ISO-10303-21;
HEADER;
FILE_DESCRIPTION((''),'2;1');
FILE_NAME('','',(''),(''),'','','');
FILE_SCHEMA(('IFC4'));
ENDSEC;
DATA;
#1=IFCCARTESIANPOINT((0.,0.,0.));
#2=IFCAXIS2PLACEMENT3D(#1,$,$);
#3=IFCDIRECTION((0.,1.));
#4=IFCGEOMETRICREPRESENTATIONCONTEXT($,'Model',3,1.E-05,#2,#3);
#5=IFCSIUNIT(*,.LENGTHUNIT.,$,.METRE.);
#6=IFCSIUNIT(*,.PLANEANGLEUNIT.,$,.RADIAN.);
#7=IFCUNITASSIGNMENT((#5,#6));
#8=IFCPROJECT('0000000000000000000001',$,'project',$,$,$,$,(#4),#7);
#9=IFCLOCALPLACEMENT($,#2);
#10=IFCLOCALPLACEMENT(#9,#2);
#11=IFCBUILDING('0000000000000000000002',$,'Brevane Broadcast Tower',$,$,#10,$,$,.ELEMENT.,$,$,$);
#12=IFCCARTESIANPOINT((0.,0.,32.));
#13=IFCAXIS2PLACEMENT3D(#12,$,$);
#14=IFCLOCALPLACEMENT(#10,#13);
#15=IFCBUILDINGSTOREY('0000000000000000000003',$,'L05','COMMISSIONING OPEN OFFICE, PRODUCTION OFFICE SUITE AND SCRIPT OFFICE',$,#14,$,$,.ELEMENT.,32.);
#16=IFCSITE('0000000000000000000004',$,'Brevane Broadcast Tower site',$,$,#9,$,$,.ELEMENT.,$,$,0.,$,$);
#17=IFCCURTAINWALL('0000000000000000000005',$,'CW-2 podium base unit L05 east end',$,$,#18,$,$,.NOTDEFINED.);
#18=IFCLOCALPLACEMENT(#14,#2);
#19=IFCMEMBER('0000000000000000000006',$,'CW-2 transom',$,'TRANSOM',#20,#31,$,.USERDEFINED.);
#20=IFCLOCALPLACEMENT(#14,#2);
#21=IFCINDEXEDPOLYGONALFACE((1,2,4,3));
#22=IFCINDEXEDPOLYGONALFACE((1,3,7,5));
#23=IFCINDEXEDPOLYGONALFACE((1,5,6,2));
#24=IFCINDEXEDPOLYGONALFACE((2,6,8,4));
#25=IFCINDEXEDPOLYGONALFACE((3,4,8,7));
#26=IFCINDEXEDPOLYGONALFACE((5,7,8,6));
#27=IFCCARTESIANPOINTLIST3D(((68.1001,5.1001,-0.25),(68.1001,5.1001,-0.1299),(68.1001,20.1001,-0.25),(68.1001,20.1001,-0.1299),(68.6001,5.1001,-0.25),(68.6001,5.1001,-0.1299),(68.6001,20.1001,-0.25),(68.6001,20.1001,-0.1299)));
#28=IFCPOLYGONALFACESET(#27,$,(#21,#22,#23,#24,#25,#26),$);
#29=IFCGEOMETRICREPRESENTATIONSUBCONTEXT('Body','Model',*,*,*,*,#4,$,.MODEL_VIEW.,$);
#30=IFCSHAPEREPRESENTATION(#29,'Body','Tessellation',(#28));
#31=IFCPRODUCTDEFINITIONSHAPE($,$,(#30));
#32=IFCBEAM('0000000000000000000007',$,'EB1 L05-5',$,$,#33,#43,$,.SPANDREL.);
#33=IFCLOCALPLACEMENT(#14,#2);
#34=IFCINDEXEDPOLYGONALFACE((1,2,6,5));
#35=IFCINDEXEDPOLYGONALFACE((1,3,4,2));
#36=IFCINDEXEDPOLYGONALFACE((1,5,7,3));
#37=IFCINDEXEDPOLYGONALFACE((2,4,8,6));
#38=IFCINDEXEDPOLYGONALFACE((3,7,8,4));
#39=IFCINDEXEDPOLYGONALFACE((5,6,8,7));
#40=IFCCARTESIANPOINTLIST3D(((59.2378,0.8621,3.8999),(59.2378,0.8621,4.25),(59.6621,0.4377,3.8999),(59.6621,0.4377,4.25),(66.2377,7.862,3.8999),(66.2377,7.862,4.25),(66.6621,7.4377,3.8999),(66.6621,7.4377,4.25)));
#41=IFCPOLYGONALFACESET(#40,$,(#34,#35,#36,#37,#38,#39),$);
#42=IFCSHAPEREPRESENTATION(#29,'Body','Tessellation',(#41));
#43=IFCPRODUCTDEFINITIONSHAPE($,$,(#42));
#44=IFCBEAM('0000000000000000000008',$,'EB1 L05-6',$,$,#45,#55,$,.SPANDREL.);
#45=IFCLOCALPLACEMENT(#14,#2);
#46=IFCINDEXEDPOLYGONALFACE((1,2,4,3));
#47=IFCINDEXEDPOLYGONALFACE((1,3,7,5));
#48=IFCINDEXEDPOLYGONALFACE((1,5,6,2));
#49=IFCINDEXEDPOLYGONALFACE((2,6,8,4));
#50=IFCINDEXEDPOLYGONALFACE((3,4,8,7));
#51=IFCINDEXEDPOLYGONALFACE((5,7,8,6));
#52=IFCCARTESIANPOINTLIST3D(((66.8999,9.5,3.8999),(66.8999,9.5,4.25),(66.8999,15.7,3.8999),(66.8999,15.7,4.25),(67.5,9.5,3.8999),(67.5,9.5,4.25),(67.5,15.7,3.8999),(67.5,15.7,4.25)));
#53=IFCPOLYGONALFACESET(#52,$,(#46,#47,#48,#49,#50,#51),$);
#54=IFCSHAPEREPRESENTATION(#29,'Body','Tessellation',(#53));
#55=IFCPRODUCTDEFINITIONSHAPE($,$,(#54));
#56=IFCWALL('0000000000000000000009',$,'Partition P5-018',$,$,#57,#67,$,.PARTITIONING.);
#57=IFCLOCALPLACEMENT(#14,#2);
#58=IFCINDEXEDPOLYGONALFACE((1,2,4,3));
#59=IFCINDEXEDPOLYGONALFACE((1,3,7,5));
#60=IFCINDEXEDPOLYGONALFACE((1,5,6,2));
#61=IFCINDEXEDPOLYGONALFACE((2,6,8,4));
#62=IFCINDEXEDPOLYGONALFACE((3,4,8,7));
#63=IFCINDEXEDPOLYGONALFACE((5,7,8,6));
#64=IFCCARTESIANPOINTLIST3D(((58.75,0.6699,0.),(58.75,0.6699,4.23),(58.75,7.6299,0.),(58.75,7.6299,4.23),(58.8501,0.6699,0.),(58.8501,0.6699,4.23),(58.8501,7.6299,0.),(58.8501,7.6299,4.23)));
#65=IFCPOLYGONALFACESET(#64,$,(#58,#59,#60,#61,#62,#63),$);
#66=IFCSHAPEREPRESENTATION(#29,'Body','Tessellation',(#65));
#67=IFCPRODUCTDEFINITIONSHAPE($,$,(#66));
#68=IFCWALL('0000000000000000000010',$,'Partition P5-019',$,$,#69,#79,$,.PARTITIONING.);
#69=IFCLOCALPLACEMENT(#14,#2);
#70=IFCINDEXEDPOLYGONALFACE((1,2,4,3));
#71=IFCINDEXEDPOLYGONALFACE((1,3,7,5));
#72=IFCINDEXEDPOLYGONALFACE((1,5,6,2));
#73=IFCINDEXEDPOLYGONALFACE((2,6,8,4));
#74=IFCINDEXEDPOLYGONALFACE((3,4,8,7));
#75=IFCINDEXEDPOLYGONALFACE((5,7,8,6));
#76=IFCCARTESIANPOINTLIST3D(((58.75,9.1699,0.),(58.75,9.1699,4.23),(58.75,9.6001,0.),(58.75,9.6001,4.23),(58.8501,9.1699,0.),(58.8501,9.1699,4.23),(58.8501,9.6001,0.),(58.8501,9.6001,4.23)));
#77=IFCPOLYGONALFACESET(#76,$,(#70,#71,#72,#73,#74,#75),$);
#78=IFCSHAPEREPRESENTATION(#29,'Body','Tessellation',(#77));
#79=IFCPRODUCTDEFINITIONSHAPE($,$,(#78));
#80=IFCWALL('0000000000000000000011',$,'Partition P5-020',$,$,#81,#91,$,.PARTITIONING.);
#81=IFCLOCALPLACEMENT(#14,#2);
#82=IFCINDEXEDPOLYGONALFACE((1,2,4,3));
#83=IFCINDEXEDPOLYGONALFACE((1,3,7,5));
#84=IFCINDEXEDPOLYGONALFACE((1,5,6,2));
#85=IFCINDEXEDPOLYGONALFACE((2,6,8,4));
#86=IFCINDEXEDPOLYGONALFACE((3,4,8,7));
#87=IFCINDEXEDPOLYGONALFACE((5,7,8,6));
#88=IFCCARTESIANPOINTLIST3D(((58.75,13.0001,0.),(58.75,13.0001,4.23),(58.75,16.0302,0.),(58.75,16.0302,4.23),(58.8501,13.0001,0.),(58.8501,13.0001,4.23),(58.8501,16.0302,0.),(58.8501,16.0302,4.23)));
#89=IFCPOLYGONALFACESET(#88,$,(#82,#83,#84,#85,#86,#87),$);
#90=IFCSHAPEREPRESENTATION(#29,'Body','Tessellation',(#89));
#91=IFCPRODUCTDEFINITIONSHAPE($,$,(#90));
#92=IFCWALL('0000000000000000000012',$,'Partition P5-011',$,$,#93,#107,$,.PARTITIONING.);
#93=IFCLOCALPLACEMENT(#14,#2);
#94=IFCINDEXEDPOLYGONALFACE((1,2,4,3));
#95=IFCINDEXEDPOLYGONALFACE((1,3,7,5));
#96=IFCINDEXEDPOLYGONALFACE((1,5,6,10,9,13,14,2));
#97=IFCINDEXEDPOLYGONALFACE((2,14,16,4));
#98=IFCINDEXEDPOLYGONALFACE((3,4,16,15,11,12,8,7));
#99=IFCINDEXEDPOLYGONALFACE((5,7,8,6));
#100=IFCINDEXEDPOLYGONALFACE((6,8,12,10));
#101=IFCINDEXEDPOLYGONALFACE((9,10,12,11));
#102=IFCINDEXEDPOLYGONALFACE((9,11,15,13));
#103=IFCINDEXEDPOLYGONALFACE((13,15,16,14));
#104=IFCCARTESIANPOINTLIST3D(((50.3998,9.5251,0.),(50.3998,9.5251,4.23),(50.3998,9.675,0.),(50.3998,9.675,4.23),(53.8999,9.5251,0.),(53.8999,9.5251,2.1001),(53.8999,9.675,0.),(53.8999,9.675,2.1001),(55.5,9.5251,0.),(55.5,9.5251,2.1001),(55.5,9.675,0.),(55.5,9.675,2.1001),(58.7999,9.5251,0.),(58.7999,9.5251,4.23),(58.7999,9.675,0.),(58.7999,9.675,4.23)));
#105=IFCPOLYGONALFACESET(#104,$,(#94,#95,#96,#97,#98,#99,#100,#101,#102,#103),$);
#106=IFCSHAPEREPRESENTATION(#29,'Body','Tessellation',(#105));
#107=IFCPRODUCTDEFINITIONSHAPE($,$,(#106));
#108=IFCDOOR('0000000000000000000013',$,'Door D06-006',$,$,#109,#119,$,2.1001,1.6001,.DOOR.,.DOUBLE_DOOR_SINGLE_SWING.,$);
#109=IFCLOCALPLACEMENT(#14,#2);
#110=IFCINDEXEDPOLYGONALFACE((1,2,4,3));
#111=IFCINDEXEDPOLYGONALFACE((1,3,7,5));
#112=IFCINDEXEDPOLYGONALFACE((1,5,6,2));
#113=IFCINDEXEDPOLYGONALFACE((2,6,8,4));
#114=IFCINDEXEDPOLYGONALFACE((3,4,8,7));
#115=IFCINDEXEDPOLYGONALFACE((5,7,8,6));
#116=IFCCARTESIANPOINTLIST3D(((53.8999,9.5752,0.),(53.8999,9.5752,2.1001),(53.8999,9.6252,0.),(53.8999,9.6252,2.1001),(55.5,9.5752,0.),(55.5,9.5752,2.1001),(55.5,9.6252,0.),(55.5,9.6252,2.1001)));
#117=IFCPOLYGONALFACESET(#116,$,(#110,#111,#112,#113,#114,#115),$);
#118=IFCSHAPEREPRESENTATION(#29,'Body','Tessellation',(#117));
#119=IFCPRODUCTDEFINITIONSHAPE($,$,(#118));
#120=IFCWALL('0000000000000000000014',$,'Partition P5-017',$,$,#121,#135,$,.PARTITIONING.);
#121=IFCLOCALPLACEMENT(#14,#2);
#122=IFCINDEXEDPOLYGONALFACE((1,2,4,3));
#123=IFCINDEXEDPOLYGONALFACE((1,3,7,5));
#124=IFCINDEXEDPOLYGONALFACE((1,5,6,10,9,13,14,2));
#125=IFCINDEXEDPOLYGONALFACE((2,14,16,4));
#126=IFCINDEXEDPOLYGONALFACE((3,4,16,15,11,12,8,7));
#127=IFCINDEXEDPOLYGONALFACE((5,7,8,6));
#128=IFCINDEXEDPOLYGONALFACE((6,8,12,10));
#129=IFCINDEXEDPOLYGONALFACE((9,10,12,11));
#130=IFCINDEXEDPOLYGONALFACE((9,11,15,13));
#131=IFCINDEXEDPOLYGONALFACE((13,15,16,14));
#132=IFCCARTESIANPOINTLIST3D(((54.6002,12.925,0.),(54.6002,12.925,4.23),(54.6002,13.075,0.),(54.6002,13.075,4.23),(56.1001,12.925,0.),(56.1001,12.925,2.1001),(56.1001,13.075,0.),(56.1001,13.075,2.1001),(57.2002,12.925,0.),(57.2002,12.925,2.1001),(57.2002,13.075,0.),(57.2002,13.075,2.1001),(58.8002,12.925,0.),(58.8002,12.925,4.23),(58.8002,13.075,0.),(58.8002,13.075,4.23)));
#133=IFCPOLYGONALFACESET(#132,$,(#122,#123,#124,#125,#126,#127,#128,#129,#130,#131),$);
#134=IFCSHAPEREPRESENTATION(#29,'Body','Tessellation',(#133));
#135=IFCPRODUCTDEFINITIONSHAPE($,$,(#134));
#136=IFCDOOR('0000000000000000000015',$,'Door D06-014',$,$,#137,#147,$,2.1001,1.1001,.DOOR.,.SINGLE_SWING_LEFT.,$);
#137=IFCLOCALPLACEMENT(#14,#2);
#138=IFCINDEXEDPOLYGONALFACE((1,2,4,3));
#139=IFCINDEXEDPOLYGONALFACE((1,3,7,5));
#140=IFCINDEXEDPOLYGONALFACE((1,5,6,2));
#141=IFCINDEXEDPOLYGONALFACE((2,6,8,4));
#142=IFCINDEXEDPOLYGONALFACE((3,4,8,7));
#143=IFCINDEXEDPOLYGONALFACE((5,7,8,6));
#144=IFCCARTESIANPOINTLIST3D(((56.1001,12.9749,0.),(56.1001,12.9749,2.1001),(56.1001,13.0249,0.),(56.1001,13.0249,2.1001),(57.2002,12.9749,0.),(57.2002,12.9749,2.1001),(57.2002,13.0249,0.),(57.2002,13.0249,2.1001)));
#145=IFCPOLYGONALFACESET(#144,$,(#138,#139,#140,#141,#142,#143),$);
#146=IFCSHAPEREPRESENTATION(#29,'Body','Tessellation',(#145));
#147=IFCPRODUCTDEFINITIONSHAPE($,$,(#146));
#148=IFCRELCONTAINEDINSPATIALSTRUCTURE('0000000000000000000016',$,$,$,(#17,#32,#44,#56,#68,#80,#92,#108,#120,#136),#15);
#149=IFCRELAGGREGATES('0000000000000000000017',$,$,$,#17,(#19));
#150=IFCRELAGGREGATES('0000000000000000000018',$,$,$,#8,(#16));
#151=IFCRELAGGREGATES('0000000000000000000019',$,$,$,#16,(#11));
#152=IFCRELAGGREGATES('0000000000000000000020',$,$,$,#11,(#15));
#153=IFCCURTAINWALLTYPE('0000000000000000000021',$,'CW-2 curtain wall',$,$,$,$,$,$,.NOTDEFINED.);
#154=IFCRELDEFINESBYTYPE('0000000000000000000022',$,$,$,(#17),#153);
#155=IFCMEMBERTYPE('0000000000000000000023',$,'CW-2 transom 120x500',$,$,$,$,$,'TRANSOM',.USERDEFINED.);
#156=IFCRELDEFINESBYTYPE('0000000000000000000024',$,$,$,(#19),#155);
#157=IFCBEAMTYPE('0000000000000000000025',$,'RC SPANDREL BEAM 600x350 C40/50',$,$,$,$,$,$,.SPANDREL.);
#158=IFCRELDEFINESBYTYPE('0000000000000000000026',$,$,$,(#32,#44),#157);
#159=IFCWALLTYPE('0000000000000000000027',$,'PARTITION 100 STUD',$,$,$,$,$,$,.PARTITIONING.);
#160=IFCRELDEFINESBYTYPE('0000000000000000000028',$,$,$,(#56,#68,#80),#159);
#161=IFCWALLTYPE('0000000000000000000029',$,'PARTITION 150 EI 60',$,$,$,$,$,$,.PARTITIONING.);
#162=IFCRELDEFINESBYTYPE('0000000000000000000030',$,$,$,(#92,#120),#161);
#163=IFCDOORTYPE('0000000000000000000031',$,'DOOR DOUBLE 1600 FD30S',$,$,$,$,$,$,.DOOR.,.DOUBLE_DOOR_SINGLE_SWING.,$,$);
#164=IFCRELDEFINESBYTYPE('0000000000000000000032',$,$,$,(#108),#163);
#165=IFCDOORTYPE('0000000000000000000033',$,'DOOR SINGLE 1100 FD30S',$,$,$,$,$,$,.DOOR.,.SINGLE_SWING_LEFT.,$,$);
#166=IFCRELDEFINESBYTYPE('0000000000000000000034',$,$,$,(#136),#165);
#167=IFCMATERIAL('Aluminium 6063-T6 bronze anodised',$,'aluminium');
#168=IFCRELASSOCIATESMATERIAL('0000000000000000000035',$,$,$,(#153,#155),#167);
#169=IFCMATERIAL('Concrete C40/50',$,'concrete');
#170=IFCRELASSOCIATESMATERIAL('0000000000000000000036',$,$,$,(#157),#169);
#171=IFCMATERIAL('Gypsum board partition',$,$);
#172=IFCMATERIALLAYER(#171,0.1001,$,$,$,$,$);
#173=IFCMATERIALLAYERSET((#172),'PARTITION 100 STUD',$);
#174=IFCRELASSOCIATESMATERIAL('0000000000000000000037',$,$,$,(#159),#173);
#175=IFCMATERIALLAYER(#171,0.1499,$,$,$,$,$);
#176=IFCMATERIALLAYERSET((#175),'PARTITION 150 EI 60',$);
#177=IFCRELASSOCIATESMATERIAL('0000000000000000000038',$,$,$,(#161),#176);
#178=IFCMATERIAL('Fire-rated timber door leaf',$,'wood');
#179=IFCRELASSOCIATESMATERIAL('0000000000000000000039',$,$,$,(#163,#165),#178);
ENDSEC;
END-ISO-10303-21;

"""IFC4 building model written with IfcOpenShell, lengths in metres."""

from ifc_helpers import new_model, si_unit, direction, frame, frame_2d, origin, origin_2d, place, context, subcontext, project, spatial, rectangle, extrude, material, layer, layer_set, material_profile, profile_set, type_object, element, fill, aggregate, save


model = new_model("IFC4")

# Units and contexts
model_context = context("Model", 3, precision=1e-05, world=origin(), true_north=direction((0.0, 1.0)))
body_context = subcontext(model_context, "Body", "Model", "MODEL_VIEW")
ifc_project = project(units=[si_unit("LENGTHUNIT", "METRE"), si_unit("PLANEANGLEUNIT", "RADIAN")], contexts=[model_context])

# Site, building, storey
site_placement = place(None, origin())
site = spatial("IfcSite", under=ifc_project, at=site_placement, Name="Brevane Broadcast Tower site", CompositionType="ELEMENT", RefElevation=0.0)
building_placement = place(site_placement, origin())
building = spatial("IfcBuilding", under=site, at=building_placement, Name="Brevane Broadcast Tower", CompositionType="ELEMENT")
storey_placement = place(building_placement, frame((0.0, 0.0, 32.0)))
storey = spatial("IfcBuildingStorey", under=building, at=storey_placement, Name="L05", Description="COMMISSIONING OPEN OFFICE, PRODUCTION OFFICE SUITE AND SCRIPT OFFICE", CompositionType="ELEMENT", Elevation=32.0)

# Curtain wall
ifc_material_1 = material(Name="Aluminium 6063-T6 bronze anodised", Category="aluminium")
curtain_wall_type = type_object("IfcCurtainWallType", Name="CW-2 curtain wall", PredefinedType="NOTDEFINED", material=ifc_material_1)
curtain_wall_1_placement = place(storey_placement, origin())
curtain_wall_1 = element("IfcCurtainWall", 1, at=curtain_wall_1_placement, inside=storey, type_object=curtain_wall_type, Name="CW-2 podium base unit L05 east end", PredefinedType="NOTDEFINED")

# Member
ifc_material_profile_1 = material_profile(ifc_material_1, rectangle(XDim=0.5, YDim=0.1201, at=origin_2d()), Name="RECT 120x500")
ifc_profile_set_1 = profile_set([ifc_material_profile_1], Name="Aluminium 6063-T6 bronze anodised")
member_type_1 = type_object("IfcMemberType", Name="CW-2 transom 120x500", ElementType="TRANSOM", PredefinedType="USERDEFINED", material=ifc_profile_set_1)
member_1_placement = place(storey_placement, frame((68.3501, 5.1001, -0.1899), z_axis=(0.0, 1.0, 0.0), x_axis=(-1.0, 0.0, 0.0)))
member_1 = element("IfcMember", 2, at=member_1_placement, type_object=member_type_1, Name="CW-2 transom", ObjectType="TRANSOM", PredefinedType="USERDEFINED", context=body_context, shape_type="SweptSolid", body=[
    extrude(rectangle(XDim=0.5, YDim=0.1201, at=origin_2d()), origin(), (0.0, 0.0, 1.0), 15.0),
])
aggregate(curtain_wall_1, [member_1])

# Beams
ifc_material_2 = material(Name="Concrete C40/50", Category="concrete")
ifc_material_profile_2 = material_profile(ifc_material_2, rectangle(XDim=0.6001, YDim=0.3501, at=origin_2d()), Name="RC 600x350")
ifc_profile_set_2 = profile_set([ifc_material_profile_2], Name="Concrete C40/50")
beam_type = type_object("IfcBeamType", Name="RC SPANDREL BEAM 600x350 C40/50", PredefinedType="SPANDREL", material=ifc_profile_set_2)
beam_1_placement = place(storey_placement, frame((59.45, 0.6499, 4.075), z_axis=(0.707107, 0.707107, 0.0), x_axis=(-0.707107, 0.707107, 0.0)))
element("IfcBeam", 3, at=beam_1_placement, inside=storey, type_object=beam_type, Name="EB1 L05-5", PredefinedType="SPANDREL", context=body_context, shape_type="SweptSolid", body=[
    extrude(rectangle(XDim=0.6001, YDim=0.3501, at=origin_2d()), origin(), (0.0, 0.0, 1.0), 9.8994),
])
beam_2_placement = place(storey_placement, frame((67.2, 9.5, 4.075), z_axis=(0.0, 1.0, 0.0), x_axis=(-1.0, 0.0, 0.0)))
element("IfcBeam", 4, at=beam_2_placement, inside=storey, type_object=beam_type, Name="EB1 L05-6", PredefinedType="SPANDREL", context=body_context, shape_type="SweptSolid", body=[
    extrude(rectangle(XDim=0.6001, YDim=0.3501, at=origin_2d()), origin(), (0.0, 0.0, 1.0), 6.2),
])

# Walls
ifc_material_3 = material(Name="Gypsum board partition")
ifc_layer_1 = layer(ifc_material_3, 0.1001)
ifc_layer_set_1 = layer_set([ifc_layer_1], Name="PARTITION 100 STUD")
wall_type_1 = type_object("IfcWallType", Name="PARTITION 100 STUD", PredefinedType="PARTITIONING", material=ifc_layer_set_1)
wall_1_placement = place(storey_placement, frame((58.8, 0.6699, 0.0), z_axis=(0.0, 0.0, 1.0), x_axis=(0.0, 1.0, 0.0)))
element("IfcWall", 5, at=wall_1_placement, inside=storey, type_object=wall_type_1, Name="Partition P5-018", PredefinedType="PARTITIONING", context=body_context, shape_type="SweptSolid", body=[
    extrude(rectangle(XDim=6.96, YDim=0.1001, at=frame_2d((3.48, 0.0))), origin(), (0.0, 0.0, 1.0), 4.23),
])
wall_2_placement = place(storey_placement, frame((58.8, 9.1699, 0.0), z_axis=(0.0, 0.0, 1.0), x_axis=(0.0, 1.0, 0.0)))
element("IfcWall", 6, at=wall_2_placement, inside=storey, type_object=wall_type_1, Name="Partition P5-019", PredefinedType="PARTITIONING", context=body_context, shape_type="SweptSolid", body=[
    extrude(rectangle(XDim=0.4302, YDim=0.1001, at=frame_2d((0.2151, 0.0))), origin(), (0.0, 0.0, 1.0), 4.23),
])
wall_3_placement = place(storey_placement, frame((58.8, 13.0, 0.0), z_axis=(0.0, 0.0, 1.0), x_axis=(0.0, 1.0, 0.0)))
element("IfcWall", 7, at=wall_3_placement, inside=storey, type_object=wall_type_1, Name="Partition P5-020", PredefinedType="PARTITIONING", context=body_context, shape_type="SweptSolid", body=[
    extrude(rectangle(XDim=3.03, YDim=0.1001, at=frame_2d((1.5151, 0.0))), origin(), (0.0, 0.0, 1.0), 4.23),
])

# Walls, openings, doors
ifc_layer_2 = layer(ifc_material_3, 0.1499)
ifc_layer_set_2 = layer_set([ifc_layer_2], Name="PARTITION 150 EI 60")
wall_type_2 = type_object("IfcWallType", Name="PARTITION 150 EI 60", PredefinedType="PARTITIONING", material=ifc_layer_set_2)
ifc_material_4 = material(Name="Fire-rated timber door leaf", Category="wood")
wall_4_placement = place(storey_placement, frame((58.8, 9.6001, 0.0), z_axis=(0.0, 0.0, 1.0), x_axis=(-1.0, 0.0, 0.0)))
wall_4 = element("IfcWall", 8, at=wall_4_placement, inside=storey, type_object=wall_type_2, Name="Partition P5-011", PredefinedType="PARTITIONING", context=body_context, shape_type="SweptSolid", body=[
    extrude(rectangle(XDim=8.4001, YDim=0.1499, at=frame_2d((4.2002, 0.0))), origin(), (0.0, 0.0, 1.0), 4.23),
])
opening_1_placement = place(wall_4_placement, frame((3.3, 0.0, 0.0)))
opening_1 = element("IfcOpeningElement", 9, at=opening_1_placement, cuts=wall_4, PredefinedType="OPENING", context=body_context, shape_type="SweptSolid", body=[
    extrude(rectangle(XDim=1.6001, YDim=2.1001, at=frame_2d((0.8, 1.05))), frame((0.0, 0.085, 0.0), z_axis=(0.0, -1.0, 0.0), x_axis=(1.0, 0.0, 0.0)), (0.0, 0.0, 1.0), 0.1699),
])
door_type_1 = type_object("IfcDoorType", Name="DOOR DOUBLE 1600 FD30S", OperationType="DOUBLE_DOOR_SINGLE_SWING", PredefinedType="DOOR", material=ifc_material_4)
door_1_placement = place(opening_1_placement, origin())
door_1 = element("IfcDoor", 10, at=door_1_placement, inside=storey, type_object=door_type_1, Name="Door D06-006", OperationType="DOUBLE_DOOR_SINGLE_SWING", OverallHeight=2.1001, OverallWidth=1.6001, PredefinedType="DOOR", context=body_context, shape_type="SweptSolid", body=[
    extrude(rectangle(XDim=1.6001, YDim=2.1001, at=frame_2d((0.8, 1.05))), frame((0.0, 0.0249, 0.0), z_axis=(0.0, -1.0, 0.0), x_axis=(1.0, 0.0, 0.0)), (0.0, 0.0, 1.0), 0.05),
])
fill(opening_1, door_1)
wall_5_placement = place(storey_placement, frame((54.6001, 13.0, 0.0), z_axis=(0.0, 0.0, 1.0), x_axis=(1.0, 0.0, 0.0)))
wall_5 = element("IfcWall", 11, at=wall_5_placement, inside=storey, type_object=wall_type_2, Name="Partition P5-017", PredefinedType="PARTITIONING", context=body_context, shape_type="SweptSolid", body=[
    extrude(rectangle(XDim=4.2, YDim=0.1499, at=frame_2d((2.1001, 0.0))), origin(), (0.0, 0.0, 1.0), 4.23),
])
opening_2_placement = place(wall_5_placement, frame((1.5, 0.0, 0.0)))
opening_2 = element("IfcOpeningElement", 12, at=opening_2_placement, cuts=wall_5, PredefinedType="OPENING", context=body_context, shape_type="SweptSolid", body=[
    extrude(rectangle(XDim=1.1001, YDim=2.1001, at=frame_2d((0.55, 1.05))), frame((0.0, 0.085, 0.0), z_axis=(0.0, -1.0, 0.0), x_axis=(1.0, 0.0, 0.0)), (0.0, 0.0, 1.0), 0.1699),
])
door_type_2 = type_object("IfcDoorType", Name="DOOR SINGLE 1100 FD30S", OperationType="SINGLE_SWING_LEFT", PredefinedType="DOOR", material=ifc_material_4)
door_2_placement = place(opening_2_placement, origin())
door_2 = element("IfcDoor", 13, at=door_2_placement, inside=storey, type_object=door_type_2, Name="Door D06-014", OperationType="SINGLE_SWING_LEFT", OverallHeight=2.1001, OverallWidth=1.1001, PredefinedType="DOOR", context=body_context, shape_type="SweptSolid", body=[
    extrude(rectangle(XDim=1.1001, YDim=2.1001, at=frame_2d((0.55, 1.05))), frame((0.0, 0.0249, 0.0), z_axis=(0.0, -1.0, 0.0), x_axis=(1.0, 0.0, 0.0)), (0.0, 0.0, 1.0), 0.05),
])
fill(opening_2, door_2)

save(model, "model.ifc")
